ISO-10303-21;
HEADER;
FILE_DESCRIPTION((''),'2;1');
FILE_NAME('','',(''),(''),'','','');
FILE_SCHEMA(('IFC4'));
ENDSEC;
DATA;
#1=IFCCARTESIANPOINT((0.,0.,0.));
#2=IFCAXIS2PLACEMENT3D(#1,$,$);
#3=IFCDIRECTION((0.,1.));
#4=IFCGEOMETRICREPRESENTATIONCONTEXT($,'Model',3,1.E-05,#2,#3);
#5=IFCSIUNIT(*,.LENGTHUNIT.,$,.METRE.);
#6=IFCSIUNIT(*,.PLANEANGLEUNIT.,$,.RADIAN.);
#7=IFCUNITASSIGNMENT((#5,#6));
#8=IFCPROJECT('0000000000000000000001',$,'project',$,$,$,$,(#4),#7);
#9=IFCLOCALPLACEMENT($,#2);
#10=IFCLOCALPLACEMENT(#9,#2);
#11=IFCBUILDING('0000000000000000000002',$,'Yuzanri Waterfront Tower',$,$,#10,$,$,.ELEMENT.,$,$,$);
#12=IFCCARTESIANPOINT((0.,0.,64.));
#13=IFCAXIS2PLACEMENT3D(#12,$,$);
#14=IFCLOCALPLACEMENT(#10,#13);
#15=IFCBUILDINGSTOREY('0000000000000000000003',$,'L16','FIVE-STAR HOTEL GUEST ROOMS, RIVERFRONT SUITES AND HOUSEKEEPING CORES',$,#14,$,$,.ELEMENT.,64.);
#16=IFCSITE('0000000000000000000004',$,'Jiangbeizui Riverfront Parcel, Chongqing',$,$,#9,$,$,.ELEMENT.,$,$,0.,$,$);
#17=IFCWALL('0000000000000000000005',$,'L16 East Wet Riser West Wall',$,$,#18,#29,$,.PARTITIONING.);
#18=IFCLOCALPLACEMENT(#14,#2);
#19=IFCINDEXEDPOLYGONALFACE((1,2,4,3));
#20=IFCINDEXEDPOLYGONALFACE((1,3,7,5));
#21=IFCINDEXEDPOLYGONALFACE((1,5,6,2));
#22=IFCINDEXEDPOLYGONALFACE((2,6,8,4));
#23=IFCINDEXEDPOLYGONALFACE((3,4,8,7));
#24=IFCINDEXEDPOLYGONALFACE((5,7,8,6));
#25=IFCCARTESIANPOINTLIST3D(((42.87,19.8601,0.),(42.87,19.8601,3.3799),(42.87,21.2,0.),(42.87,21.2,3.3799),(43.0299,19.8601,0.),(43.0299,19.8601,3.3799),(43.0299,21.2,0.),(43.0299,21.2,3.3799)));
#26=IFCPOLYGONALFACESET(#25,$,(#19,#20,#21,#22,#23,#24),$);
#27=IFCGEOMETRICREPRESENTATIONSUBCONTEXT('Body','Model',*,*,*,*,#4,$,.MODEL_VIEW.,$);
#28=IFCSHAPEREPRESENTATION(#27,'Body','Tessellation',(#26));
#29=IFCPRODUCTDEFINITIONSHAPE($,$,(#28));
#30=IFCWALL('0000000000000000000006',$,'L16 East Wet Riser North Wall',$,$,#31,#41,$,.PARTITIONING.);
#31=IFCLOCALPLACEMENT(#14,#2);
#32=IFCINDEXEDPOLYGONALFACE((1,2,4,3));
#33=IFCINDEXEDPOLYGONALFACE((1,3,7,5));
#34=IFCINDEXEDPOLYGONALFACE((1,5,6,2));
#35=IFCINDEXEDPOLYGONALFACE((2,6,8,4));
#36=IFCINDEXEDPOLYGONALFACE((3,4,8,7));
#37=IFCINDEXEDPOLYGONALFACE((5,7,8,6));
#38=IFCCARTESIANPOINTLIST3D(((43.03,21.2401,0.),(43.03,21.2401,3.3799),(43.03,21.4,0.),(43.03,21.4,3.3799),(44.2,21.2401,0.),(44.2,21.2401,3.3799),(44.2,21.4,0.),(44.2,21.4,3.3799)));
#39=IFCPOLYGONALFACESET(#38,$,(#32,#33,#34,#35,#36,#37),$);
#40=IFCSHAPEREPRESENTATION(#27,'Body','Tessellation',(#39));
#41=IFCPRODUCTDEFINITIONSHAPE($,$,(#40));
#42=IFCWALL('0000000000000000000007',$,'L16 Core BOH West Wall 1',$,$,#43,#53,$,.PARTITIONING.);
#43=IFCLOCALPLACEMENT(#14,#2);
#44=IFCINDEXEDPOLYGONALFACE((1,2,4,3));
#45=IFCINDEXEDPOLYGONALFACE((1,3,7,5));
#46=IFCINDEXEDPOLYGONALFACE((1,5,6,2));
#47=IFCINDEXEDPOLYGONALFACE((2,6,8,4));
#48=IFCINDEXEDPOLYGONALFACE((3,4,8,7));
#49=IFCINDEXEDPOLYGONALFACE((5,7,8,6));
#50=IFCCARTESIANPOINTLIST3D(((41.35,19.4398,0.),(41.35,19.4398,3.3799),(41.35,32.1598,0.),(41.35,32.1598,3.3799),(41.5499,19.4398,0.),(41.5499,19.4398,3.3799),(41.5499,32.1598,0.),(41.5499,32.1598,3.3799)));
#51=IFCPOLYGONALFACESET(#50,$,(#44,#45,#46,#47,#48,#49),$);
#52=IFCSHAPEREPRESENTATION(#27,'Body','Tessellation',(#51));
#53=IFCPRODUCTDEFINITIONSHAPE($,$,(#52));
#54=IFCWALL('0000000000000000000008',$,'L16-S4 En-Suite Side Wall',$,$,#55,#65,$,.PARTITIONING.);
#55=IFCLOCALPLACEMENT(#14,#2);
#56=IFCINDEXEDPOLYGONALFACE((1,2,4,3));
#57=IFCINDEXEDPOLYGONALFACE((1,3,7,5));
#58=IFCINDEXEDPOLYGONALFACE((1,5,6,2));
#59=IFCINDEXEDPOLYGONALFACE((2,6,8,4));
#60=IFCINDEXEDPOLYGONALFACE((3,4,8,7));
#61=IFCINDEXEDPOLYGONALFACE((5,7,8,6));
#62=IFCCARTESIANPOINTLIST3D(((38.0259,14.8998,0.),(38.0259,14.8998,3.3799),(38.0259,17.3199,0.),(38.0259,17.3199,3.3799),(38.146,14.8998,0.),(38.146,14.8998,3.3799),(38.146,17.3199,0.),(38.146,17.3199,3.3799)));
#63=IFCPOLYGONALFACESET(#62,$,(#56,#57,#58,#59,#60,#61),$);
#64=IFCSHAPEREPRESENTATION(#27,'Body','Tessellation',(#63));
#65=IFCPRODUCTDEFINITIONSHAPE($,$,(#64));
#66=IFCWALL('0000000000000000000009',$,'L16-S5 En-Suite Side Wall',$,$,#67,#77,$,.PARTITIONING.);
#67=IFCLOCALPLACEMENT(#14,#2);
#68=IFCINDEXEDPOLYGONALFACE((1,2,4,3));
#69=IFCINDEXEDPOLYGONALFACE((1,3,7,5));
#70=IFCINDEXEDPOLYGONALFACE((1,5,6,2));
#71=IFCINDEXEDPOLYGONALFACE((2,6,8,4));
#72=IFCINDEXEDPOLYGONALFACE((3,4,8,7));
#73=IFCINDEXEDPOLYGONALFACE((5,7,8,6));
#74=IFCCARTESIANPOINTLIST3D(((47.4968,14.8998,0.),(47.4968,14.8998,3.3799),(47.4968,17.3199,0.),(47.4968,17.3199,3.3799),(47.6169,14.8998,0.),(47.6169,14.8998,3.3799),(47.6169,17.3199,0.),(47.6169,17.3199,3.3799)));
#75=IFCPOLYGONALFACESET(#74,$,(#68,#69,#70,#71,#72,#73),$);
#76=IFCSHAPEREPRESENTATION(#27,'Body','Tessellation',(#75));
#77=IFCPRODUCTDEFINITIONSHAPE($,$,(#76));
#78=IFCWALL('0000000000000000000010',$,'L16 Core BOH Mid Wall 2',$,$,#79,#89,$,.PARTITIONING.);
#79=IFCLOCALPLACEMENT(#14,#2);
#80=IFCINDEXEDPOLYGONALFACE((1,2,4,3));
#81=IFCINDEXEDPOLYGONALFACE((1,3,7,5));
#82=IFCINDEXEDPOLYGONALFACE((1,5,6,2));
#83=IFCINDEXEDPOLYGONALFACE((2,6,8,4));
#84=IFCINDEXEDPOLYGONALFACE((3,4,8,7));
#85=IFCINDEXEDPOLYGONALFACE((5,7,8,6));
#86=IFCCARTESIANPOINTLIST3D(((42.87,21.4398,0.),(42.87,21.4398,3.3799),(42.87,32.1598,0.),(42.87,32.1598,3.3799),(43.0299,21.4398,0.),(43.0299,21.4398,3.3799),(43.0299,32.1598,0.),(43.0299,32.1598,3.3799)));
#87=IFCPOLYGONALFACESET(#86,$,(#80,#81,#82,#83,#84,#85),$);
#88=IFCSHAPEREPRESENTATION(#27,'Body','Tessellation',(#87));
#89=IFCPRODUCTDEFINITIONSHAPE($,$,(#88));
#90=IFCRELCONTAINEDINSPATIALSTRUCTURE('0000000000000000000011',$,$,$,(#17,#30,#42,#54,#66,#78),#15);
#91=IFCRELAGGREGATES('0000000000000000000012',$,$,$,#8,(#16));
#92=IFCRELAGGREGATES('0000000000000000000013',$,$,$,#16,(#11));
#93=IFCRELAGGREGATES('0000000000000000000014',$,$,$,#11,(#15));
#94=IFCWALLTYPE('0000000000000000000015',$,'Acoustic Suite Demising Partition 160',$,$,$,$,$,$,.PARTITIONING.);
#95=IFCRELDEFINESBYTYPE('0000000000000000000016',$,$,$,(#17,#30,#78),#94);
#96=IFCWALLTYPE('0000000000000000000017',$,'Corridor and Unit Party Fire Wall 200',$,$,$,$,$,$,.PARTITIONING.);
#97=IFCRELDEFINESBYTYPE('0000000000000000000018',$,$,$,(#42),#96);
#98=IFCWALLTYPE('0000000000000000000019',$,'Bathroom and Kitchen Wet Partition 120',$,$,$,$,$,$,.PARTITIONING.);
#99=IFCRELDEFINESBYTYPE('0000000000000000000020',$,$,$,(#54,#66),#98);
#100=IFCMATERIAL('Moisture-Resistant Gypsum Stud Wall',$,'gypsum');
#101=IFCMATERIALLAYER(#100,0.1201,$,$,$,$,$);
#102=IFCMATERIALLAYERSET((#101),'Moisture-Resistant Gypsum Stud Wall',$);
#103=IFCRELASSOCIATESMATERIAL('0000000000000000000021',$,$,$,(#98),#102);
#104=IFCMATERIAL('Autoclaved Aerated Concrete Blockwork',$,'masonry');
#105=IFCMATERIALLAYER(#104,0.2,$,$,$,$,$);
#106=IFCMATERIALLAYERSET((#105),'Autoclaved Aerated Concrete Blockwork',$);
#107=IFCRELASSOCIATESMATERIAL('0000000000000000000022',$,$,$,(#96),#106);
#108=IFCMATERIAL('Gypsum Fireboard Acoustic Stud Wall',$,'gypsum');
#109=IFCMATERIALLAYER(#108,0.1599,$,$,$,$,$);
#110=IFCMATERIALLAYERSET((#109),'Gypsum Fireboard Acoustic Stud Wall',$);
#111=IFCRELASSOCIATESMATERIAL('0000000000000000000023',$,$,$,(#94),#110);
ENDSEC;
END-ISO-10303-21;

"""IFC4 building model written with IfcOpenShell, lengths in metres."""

from ifc_helpers import new_model, si_unit, direction, frame, frame_2d, origin, place, context, subcontext, project, spatial, rectangle, extrude, source, transform, mapped, material, layer, layer_set, type_object, element, save


model = new_model("IFC4")

# Units and contexts
model_context = context("Model", 3, precision=1e-05, world=origin(), true_north=direction((0.0, 1.0)))
body_context = subcontext(model_context, "Body", "Model", "MODEL_VIEW")
ifc_project = project(units=[si_unit("LENGTHUNIT", "METRE"), si_unit("PLANEANGLEUNIT", "RADIAN")], contexts=[model_context])

# Site, building, storey
site_placement = place(None, origin())
site = spatial("IfcSite", under=ifc_project, at=site_placement, Name="Jiangbeizui Riverfront Parcel, Chongqing", CompositionType="ELEMENT", RefElevation=0.0)
building_placement = place(site_placement, origin())
building = spatial("IfcBuilding", under=site, at=building_placement, Name="Yuzanri Waterfront Tower", CompositionType="ELEMENT")
storey_placement = place(building_placement, frame((0.0, 0.0, 64.0)))
storey = spatial("IfcBuildingStorey", under=building, at=storey_placement, Name="L16", Description="FIVE-STAR HOTEL GUEST ROOMS, RIVERFRONT SUITES AND HOUSEKEEPING CORES", CompositionType="ELEMENT", Elevation=64.0)

# Shared definitions
ifc_material_1 = material(Name="Moisture-Resistant Gypsum Stud Wall", Category="gypsum")
ifc_layer_1 = layer(ifc_material_1, 0.1201)
ifc_layer_set_1 = layer_set([ifc_layer_1], Name="Moisture-Resistant Gypsum Stud Wall")
wall_type_1 = type_object("IfcWallType", Name="Bathroom and Kitchen Wet Partition 120", PredefinedType="PARTITIONING", material=ifc_layer_set_1)
ifc_material_2 = material(Name="Autoclaved Aerated Concrete Blockwork", Category="masonry")
ifc_layer_2 = layer(ifc_material_2, 0.2)
ifc_layer_set_2 = layer_set([ifc_layer_2], Name="Autoclaved Aerated Concrete Blockwork")
wall_type_2 = type_object("IfcWallType", Name="Corridor and Unit Party Fire Wall 200", PredefinedType="PARTITIONING", material=ifc_layer_set_2)

# Walls
ifc_material_3 = material(Name="Gypsum Fireboard Acoustic Stud Wall", Category="gypsum")
ifc_layer_3 = layer(ifc_material_3, 0.1599)
ifc_layer_set_3 = layer_set([ifc_layer_3], Name="Gypsum Fireboard Acoustic Stud Wall")
wall_type_3 = type_object("IfcWallType", Name="Acoustic Suite Demising Partition 160", PredefinedType="PARTITIONING", material=ifc_layer_set_3)
shared_shape_1 = source(origin(), body_context, "Body", "SweptSolid", [
    extrude(rectangle(XDim=1.3398, YDim=0.1599, at=frame_2d((0.6699, 0.0))), origin(), (0.0, 0.0, 1.0), 3.3799),
])
wall_1_placement = place(storey_placement, frame((42.95, 19.8601, 0.0), z_axis=(0.0, 0.0, 1.0), x_axis=(0.0, 1.0, 0.0)))
element("IfcWall", 1, at=wall_1_placement, inside=storey, type_object=wall_type_3, Name="L16 East Wet Riser West Wall", PredefinedType="PARTITIONING", context=body_context, shape_type="MappedRepresentation", body=[
    mapped(shared_shape_1, transform((0.0, 0.0, 0.0), scale=1.0)),
])
shared_shape_2 = source(origin(), body_context, "Body", "SweptSolid", [
    extrude(rectangle(XDim=1.1699, YDim=0.1599, at=frame_2d((0.585, 0.0))), origin(), (0.0, 0.0, 1.0), 3.3799),
])
wall_2_placement = place(storey_placement, frame((43.03, 21.3201, 0.0), z_axis=(0.0, 0.0, 1.0), x_axis=(1.0, 0.0, 0.0)))
element("IfcWall", 2, at=wall_2_placement, inside=storey, type_object=wall_type_3, Name="L16 East Wet Riser North Wall", PredefinedType="PARTITIONING", context=body_context, shape_type="MappedRepresentation", body=[
    mapped(shared_shape_2, transform((0.0, 0.0, 0.0), scale=1.0)),
])
shared_shape_3 = source(origin(), body_context, "Body", "SweptSolid", [
    extrude(rectangle(XDim=12.72, YDim=0.2, at=frame_2d((6.3599, 0.0))), origin(), (0.0, 0.0, 1.0), 3.3799),
])
wall_3_placement = place(storey_placement, frame((41.45, 19.4399, 0.0), z_axis=(0.0, 0.0, 1.0), x_axis=(0.0, 1.0, 0.0)))
element("IfcWall", 3, at=wall_3_placement, inside=storey, type_object=wall_type_2, Name="L16 Core BOH West Wall 1", PredefinedType="PARTITIONING", context=body_context, shape_type="MappedRepresentation", body=[
    mapped(shared_shape_3, transform((0.0, 0.0, 0.0), scale=1.0)),
])
shared_shape_4 = source(origin(), body_context, "Body", "SweptSolid", [
    extrude(rectangle(XDim=2.4202, YDim=0.1201, at=frame_2d((1.21, 0.0))), origin(), (0.0, 0.0, 1.0), 3.3799),
])
for number, where, z_axis, x_axis, name in (
    (4, (38.0859, 14.8999, 0.0), (0.0, 0.0, 1.0), (0.0, 1.0, 0.0), "L16-S4 En-Suite Side Wall"),
    (5, (47.5569, 14.8999, 0.0), (0.0, 0.0, 1.0), (0.0, 1.0, 0.0), "L16-S5 En-Suite Side Wall"),
):
    element("IfcWall", number, at=place(storey_placement, frame(where, z_axis=z_axis, x_axis=x_axis)), inside=storey, type_object=wall_type_1, Name=name, PredefinedType="PARTITIONING", context=body_context, shape_type="MappedRepresentation", body=[
        mapped(shared_shape_4, transform((0.0, 0.0, 0.0), scale=1.0)),
    ])
shared_shape_5 = source(origin(), body_context, "Body", "SweptSolid", [
    extrude(rectangle(XDim=10.72, YDim=0.1599, at=frame_2d((5.3599, 0.0))), origin(), (0.0, 0.0, 1.0), 3.3799),
])
wall_4_placement = place(storey_placement, frame((42.95, 21.4399, 0.0), z_axis=(0.0, 0.0, 1.0), x_axis=(0.0, 1.0, 0.0)))
element("IfcWall", 6, at=wall_4_placement, inside=storey, type_object=wall_type_3, Name="L16 Core BOH Mid Wall 2", PredefinedType="PARTITIONING", context=body_context, shape_type="MappedRepresentation", body=[
    mapped(shared_shape_5, transform((0.0, 0.0, 0.0), scale=1.0)),
])

save(model, "model.ifc")
